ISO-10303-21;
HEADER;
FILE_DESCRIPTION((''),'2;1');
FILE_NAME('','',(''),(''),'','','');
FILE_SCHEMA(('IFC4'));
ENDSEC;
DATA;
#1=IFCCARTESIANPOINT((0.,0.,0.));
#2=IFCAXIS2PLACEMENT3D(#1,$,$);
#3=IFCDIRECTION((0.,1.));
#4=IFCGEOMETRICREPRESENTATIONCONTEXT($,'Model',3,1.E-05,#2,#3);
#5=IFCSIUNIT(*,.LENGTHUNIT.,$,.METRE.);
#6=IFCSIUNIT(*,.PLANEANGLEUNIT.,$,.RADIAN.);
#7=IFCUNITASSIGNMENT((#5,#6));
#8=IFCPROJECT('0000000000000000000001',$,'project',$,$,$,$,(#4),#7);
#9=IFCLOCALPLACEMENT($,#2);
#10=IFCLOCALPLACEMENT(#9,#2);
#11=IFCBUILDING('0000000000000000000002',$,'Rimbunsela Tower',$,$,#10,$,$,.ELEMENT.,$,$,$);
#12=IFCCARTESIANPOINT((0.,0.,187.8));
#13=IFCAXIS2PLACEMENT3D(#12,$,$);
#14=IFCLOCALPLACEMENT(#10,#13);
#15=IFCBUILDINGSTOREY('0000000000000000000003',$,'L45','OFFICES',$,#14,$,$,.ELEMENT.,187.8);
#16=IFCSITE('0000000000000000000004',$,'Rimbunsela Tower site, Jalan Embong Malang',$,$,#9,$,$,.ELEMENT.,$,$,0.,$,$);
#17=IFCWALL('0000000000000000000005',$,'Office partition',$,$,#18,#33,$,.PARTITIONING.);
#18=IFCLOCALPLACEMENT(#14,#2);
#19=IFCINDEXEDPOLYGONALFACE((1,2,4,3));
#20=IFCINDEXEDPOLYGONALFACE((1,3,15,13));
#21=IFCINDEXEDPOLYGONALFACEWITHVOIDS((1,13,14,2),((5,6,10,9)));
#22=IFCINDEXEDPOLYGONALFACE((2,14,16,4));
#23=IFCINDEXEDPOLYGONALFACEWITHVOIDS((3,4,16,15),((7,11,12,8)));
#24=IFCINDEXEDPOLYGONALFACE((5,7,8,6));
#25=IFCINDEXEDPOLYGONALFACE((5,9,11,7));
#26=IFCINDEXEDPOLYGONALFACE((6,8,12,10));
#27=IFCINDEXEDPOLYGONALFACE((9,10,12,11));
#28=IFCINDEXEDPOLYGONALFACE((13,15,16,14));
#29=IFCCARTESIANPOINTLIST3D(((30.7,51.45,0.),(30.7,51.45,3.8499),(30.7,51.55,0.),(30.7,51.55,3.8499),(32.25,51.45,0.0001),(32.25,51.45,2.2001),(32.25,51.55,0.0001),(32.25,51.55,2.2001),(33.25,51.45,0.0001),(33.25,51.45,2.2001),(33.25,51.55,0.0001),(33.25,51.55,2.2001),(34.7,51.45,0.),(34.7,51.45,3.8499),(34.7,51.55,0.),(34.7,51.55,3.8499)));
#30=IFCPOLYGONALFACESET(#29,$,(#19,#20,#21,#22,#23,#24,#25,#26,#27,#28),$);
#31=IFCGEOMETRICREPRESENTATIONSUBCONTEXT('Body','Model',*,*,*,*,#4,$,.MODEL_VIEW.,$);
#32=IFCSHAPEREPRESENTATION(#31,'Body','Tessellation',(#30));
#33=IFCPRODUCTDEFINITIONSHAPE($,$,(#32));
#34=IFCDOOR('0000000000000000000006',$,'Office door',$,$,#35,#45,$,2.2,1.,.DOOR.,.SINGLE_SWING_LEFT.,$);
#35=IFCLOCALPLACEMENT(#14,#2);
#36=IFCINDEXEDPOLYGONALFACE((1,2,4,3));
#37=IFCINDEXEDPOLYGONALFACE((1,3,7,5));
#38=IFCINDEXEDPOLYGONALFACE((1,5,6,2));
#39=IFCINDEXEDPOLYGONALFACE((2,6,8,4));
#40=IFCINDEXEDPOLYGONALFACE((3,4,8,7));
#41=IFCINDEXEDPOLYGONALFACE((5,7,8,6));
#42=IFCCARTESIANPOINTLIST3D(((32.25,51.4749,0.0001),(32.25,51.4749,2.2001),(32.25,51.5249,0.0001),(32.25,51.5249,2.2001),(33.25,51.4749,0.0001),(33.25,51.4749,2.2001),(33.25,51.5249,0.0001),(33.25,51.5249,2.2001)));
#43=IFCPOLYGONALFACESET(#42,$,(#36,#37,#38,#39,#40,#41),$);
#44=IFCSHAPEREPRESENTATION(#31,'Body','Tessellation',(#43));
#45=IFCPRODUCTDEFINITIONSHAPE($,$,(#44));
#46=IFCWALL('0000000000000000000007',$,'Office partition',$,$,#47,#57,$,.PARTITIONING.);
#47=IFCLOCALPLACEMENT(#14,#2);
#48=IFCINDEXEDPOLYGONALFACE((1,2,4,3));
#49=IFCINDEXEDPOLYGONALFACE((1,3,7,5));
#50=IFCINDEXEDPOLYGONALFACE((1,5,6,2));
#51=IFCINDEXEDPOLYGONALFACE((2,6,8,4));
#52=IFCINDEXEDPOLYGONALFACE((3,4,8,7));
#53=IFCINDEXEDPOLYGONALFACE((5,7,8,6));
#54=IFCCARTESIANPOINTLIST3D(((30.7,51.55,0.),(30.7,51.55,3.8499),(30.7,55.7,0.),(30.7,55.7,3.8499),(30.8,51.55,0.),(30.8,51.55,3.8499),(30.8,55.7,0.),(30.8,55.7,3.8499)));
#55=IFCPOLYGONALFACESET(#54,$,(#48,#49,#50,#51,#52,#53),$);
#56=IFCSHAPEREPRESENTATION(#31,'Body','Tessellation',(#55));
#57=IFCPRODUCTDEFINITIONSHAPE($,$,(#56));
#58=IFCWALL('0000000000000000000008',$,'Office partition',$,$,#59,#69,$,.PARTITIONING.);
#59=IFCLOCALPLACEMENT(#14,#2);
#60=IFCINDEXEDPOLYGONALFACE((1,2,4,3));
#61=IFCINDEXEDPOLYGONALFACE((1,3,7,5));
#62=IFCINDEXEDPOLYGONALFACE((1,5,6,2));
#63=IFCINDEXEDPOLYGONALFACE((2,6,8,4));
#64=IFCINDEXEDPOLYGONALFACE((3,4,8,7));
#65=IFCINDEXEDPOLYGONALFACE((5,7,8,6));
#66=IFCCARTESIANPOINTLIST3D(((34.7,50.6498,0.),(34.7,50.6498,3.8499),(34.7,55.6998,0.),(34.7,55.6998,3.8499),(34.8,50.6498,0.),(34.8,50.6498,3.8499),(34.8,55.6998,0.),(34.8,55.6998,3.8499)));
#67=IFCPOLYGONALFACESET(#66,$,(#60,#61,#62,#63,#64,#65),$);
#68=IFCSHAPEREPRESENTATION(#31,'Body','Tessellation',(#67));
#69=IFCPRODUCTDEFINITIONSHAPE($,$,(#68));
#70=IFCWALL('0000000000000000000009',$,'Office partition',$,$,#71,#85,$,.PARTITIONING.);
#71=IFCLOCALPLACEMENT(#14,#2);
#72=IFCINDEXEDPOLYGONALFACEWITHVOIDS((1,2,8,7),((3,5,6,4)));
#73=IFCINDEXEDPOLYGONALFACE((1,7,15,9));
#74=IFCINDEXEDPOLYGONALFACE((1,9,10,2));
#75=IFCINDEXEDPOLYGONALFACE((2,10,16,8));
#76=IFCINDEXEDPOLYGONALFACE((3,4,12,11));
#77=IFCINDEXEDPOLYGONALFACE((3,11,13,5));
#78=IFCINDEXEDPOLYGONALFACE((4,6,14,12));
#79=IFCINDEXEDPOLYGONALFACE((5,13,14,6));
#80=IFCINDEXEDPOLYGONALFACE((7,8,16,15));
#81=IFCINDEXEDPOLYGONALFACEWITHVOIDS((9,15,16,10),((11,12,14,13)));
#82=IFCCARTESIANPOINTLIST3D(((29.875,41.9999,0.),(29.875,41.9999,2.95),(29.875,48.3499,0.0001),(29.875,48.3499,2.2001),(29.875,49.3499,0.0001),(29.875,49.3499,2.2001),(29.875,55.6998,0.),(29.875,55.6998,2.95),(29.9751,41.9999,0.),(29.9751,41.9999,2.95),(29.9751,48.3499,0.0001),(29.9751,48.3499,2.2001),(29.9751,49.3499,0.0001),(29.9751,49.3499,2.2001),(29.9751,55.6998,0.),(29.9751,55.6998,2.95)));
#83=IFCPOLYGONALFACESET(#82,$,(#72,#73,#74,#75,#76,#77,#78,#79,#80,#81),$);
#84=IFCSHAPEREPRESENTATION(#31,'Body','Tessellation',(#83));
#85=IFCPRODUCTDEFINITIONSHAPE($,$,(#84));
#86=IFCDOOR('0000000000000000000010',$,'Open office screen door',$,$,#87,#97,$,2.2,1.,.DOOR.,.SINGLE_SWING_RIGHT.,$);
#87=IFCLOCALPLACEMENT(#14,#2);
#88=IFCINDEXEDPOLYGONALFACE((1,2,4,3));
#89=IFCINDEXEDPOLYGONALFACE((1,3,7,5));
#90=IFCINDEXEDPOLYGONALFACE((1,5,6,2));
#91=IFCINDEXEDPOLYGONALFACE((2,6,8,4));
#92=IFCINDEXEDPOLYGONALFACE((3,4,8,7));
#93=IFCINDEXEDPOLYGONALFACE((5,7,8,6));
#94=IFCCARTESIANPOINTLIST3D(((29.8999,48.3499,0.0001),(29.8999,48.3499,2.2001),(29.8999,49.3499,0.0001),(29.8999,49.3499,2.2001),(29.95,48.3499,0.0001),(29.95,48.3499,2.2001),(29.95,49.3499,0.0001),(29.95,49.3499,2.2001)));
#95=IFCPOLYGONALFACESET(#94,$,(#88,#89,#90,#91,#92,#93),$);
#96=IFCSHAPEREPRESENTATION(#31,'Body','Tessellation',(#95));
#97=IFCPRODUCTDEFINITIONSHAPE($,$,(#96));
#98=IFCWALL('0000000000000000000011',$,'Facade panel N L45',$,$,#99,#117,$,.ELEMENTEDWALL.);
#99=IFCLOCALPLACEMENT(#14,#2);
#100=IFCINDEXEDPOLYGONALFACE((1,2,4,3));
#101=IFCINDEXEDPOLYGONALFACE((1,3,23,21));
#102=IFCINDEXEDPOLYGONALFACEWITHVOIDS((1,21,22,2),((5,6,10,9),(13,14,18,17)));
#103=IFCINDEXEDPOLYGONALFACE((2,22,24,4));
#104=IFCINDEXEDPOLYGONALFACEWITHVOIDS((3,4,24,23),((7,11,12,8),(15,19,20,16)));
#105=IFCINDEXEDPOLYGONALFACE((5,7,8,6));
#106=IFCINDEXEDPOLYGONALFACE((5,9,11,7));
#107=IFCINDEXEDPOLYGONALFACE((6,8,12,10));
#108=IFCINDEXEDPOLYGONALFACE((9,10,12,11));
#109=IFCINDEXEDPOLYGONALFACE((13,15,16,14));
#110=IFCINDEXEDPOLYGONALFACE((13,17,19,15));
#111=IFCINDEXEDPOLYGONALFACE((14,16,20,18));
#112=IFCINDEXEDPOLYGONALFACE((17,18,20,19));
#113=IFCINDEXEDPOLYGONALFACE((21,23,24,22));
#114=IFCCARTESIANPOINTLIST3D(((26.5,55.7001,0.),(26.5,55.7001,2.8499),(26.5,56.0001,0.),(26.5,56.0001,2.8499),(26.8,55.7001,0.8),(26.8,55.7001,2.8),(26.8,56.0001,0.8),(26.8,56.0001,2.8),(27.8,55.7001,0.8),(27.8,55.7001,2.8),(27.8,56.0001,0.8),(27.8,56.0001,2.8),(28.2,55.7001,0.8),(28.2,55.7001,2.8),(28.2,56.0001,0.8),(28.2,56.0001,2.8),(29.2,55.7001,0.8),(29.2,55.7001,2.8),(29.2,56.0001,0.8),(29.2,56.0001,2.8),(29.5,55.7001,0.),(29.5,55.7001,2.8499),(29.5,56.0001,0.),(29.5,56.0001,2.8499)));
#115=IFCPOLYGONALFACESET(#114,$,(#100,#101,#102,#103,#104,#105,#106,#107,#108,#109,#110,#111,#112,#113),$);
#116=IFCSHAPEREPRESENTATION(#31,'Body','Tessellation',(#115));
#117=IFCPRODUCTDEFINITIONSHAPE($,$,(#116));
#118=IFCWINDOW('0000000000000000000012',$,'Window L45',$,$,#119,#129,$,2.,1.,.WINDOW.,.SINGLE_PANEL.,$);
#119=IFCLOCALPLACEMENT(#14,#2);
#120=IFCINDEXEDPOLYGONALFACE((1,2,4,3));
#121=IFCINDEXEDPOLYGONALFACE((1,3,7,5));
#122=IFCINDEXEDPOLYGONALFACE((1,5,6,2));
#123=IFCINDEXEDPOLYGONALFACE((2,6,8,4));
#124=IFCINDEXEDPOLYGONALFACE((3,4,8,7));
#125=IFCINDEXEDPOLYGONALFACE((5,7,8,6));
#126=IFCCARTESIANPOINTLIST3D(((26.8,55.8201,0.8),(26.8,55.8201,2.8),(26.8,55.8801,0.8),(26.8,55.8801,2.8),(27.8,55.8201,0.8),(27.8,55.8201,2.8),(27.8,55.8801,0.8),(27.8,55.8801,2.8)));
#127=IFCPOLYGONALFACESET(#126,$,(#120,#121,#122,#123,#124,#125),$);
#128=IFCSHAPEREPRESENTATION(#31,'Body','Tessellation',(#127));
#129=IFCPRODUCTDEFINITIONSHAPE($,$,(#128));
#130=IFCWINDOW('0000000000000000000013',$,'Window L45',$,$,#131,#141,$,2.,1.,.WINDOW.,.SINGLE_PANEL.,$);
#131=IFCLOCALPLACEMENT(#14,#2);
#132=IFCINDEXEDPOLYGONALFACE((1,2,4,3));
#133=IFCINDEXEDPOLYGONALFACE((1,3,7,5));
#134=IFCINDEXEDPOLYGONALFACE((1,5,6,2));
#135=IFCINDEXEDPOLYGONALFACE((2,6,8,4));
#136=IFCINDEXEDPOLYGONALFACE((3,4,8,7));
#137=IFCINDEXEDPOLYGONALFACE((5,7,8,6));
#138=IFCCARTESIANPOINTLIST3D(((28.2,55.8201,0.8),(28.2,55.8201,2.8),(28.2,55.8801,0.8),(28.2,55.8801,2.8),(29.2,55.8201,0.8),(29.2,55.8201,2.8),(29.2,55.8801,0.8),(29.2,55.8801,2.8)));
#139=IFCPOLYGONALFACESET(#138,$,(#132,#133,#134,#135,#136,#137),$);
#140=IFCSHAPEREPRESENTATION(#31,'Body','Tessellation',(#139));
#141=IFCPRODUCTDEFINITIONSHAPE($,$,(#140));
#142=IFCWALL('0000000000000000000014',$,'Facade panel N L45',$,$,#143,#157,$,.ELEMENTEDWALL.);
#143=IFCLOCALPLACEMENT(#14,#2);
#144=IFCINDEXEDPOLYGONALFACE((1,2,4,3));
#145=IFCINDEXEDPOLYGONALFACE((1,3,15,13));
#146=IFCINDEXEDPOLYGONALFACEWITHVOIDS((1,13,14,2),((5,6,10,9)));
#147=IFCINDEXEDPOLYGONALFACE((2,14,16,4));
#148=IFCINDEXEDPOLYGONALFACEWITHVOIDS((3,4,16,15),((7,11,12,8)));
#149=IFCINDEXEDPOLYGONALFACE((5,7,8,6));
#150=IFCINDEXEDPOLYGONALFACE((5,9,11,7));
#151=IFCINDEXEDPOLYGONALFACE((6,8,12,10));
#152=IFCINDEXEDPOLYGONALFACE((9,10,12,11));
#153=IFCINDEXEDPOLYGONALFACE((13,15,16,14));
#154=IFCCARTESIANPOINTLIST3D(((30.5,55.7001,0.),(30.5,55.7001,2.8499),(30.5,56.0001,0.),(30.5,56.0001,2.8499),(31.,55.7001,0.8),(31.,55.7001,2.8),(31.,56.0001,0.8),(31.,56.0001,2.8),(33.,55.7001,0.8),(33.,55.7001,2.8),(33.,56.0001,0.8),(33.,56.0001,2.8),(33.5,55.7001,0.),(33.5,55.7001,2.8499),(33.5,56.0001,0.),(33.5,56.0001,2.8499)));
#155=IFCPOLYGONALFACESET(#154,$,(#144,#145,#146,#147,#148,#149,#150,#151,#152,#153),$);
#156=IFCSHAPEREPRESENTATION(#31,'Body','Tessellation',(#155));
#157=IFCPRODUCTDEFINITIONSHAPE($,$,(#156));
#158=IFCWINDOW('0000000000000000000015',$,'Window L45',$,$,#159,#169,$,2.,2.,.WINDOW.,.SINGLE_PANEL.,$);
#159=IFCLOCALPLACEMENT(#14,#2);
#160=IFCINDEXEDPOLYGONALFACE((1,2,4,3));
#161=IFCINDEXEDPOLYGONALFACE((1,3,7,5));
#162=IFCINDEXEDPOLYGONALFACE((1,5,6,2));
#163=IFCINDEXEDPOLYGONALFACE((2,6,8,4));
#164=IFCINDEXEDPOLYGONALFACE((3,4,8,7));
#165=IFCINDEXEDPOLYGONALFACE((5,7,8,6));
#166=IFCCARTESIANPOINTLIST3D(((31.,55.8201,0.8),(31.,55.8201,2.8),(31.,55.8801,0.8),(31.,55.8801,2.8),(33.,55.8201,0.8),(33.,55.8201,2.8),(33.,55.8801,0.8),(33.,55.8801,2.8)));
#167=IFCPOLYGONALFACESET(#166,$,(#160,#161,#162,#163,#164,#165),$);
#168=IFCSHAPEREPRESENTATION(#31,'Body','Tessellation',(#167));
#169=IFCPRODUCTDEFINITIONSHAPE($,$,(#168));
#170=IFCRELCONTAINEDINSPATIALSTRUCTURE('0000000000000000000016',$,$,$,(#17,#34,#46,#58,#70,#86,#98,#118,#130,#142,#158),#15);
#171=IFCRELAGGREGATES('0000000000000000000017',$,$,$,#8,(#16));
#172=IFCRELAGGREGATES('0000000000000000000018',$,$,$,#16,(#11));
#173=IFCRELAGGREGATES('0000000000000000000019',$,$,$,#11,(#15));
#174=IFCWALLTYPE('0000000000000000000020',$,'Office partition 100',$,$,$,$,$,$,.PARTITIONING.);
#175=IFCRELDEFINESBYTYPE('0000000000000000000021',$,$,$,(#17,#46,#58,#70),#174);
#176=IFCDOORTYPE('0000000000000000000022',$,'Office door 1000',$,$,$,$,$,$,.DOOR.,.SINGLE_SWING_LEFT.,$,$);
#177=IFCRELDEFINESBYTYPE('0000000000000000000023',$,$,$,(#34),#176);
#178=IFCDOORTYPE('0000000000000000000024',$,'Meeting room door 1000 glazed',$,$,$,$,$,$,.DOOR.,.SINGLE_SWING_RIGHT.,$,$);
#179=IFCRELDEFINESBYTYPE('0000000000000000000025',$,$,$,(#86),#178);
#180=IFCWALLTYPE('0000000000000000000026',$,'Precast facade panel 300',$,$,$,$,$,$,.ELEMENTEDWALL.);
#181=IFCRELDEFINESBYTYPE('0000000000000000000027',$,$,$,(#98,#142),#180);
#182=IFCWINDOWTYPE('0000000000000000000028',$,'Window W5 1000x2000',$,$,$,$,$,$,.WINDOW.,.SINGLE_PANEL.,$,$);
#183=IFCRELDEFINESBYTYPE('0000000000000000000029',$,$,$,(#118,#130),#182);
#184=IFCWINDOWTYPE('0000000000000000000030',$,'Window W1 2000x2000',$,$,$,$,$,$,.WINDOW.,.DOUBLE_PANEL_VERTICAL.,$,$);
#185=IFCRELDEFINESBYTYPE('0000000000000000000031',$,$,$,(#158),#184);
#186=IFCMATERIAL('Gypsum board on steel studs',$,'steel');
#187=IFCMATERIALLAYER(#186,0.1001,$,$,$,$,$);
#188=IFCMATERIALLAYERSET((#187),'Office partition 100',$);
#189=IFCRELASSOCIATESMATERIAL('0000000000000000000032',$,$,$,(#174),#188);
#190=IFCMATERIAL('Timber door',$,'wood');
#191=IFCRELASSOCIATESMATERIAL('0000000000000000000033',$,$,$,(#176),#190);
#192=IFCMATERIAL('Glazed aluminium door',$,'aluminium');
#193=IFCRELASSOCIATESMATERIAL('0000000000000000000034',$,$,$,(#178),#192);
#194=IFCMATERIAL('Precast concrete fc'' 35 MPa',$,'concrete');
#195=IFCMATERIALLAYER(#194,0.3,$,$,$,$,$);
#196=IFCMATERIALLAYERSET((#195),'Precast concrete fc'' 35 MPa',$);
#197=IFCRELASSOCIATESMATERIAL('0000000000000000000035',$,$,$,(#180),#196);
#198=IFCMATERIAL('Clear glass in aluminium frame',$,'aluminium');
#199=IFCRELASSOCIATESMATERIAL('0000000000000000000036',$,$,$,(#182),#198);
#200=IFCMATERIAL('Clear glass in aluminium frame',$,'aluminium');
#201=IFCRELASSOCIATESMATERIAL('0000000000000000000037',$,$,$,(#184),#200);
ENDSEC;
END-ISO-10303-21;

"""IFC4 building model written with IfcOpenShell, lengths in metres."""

from ifc_helpers import new_model, si_unit, direction, frame, frame_2d, origin, place, context, subcontext, project, spatial, rectangle, extrude, material, layer, layer_set, type_object, element, fill, save


model = new_model("IFC4")

# Units and contexts
model_context = context("Model", 3, precision=1e-05, world=origin(), true_north=direction((0.0, 1.0)))
body_context = subcontext(model_context, "Body", "Model", "MODEL_VIEW")
ifc_project = project(units=[si_unit("LENGTHUNIT", "METRE"), si_unit("PLANEANGLEUNIT", "RADIAN")], contexts=[model_context])

# Site, building, storey
site_placement = place(None, origin())
site = spatial("IfcSite", under=ifc_project, at=site_placement, Name="Rimbunsela Tower site, Jalan Embong Malang", CompositionType="ELEMENT", RefElevation=0.0)
building_placement = place(site_placement, origin())
building = spatial("IfcBuilding", under=site, at=building_placement, Name="Rimbunsela Tower", CompositionType="ELEMENT")
storey_placement = place(building_placement, frame((0.0, 0.0, 187.8)))
storey = spatial("IfcBuildingStorey", under=building, at=storey_placement, Name="L45", Description="OFFICES", CompositionType="ELEMENT", Elevation=187.8)

# Wall, opening, door
ifc_material_1 = material(Name="Gypsum board on steel studs", Category="steel")
ifc_layer_1 = layer(ifc_material_1, 0.1001)
ifc_layer_set_1 = layer_set([ifc_layer_1], Name="Office partition 100")
wall_type_1 = type_object("IfcWallType", Name="Office partition 100", PredefinedType="PARTITIONING", material=ifc_layer_set_1)
wall_1_placement = place(storey_placement, frame((30.7, 51.5, 0.0), z_axis=(0.0, 0.0, 1.0), x_axis=(1.0, 0.0, 0.0)))
wall_1 = element("IfcWall", 1, at=wall_1_placement, inside=storey, type_object=wall_type_1, Name="Office partition", PredefinedType="PARTITIONING", context=body_context, shape_type="SweptSolid", body=[
    extrude(rectangle(XDim=4.0, YDim=0.1001, at=frame_2d((2.0, 0.0))), origin(), (0.0, 0.0, 1.0), 3.8499),
])
opening_1_placement = place(wall_1_placement, frame((1.55, 0.0, 0.0)))
opening_1 = element("IfcOpeningElement", 2, at=opening_1_placement, cuts=wall_1, PredefinedType="OPENING", context=body_context, shape_type="SweptSolid", body=[
    extrude(rectangle(XDim=1.0, YDim=2.2, at=frame_2d((0.5, 1.1001))), frame((0.0, 0.0601, 0.0), z_axis=(0.0, -1.0, 0.0), x_axis=(1.0, 0.0, 0.0)), (0.0, 0.0, 1.0), 0.1201),
])
ifc_material_2 = material(Name="Timber door", Category="wood")
door_type_1 = type_object("IfcDoorType", Name="Office door 1000", OperationType="SINGLE_SWING_LEFT", PredefinedType="DOOR", material=ifc_material_2)
door_1_placement = place(opening_1_placement, origin())
door_1 = element("IfcDoor", 3, at=door_1_placement, inside=storey, type_object=door_type_1, Name="Office door", OperationType="SINGLE_SWING_LEFT", OverallHeight=2.2, OverallWidth=1.0, PredefinedType="DOOR", context=body_context, shape_type="SweptSolid", body=[
    extrude(rectangle(XDim=1.0, YDim=2.2, at=frame_2d((0.5, 1.1001))), frame((0.0, 0.0249, 0.0), z_axis=(0.0, -1.0, 0.0), x_axis=(1.0, 0.0, 0.0)), (0.0, 0.0, 1.0), 0.05),
])
fill(opening_1, door_1)

# Walls
wall_2_placement = place(storey_placement, frame((30.75, 51.55, 0.0), z_axis=(0.0, 0.0, 1.0), x_axis=(0.0, 1.0, 0.0)))
element("IfcWall", 4, at=wall_2_placement, inside=storey, type_object=wall_type_1, Name="Office partition", PredefinedType="PARTITIONING", context=body_context, shape_type="SweptSolid", body=[
    extrude(rectangle(XDim=4.1499, YDim=0.1001, at=frame_2d((2.075, 0.0))), origin(), (0.0, 0.0, 1.0), 3.8499),
])
wall_3_placement = place(storey_placement, frame((34.75, 50.6499, 0.0), z_axis=(0.0, 0.0, 1.0), x_axis=(0.0, 1.0, 0.0)))
element("IfcWall", 5, at=wall_3_placement, inside=storey, type_object=wall_type_1, Name="Office partition", PredefinedType="PARTITIONING", context=body_context, shape_type="SweptSolid", body=[
    extrude(rectangle(XDim=5.05, YDim=0.1001, at=frame_2d((2.5249, 0.0))), origin(), (0.0, 0.0, 1.0), 3.8499),
])

# Wall, opening, door
wall_4_placement = place(storey_placement, frame((29.925, 55.7, 0.0), z_axis=(0.0, 0.0, 1.0), x_axis=(0.0, -1.0, 0.0)))
wall_4 = element("IfcWall", 6, at=wall_4_placement, inside=storey, type_object=wall_type_1, Name="Office partition", PredefinedType="PARTITIONING", context=body_context, shape_type="SweptSolid", body=[
    extrude(rectangle(XDim=13.7, YDim=0.1001, at=frame_2d((6.8501, 0.0))), origin(), (0.0, 0.0, 1.0), 2.95),
])
opening_2_placement = place(wall_4_placement, frame((6.3501, 0.0, 0.0)))
opening_2 = element("IfcOpeningElement", 7, at=opening_2_placement, cuts=wall_4, PredefinedType="OPENING", context=body_context, shape_type="SweptSolid", body=[
    extrude(rectangle(XDim=1.0, YDim=2.2, at=frame_2d((0.5, 1.1001))), frame((0.0, 0.0601, 0.0), z_axis=(0.0, -1.0, 0.0), x_axis=(1.0, 0.0, 0.0)), (0.0, 0.0, 1.0), 0.1201),
])
ifc_material_3 = material(Name="Glazed aluminium door", Category="aluminium")
door_type_2 = type_object("IfcDoorType", Name="Meeting room door 1000 glazed", OperationType="SINGLE_SWING_RIGHT", PredefinedType="DOOR", material=ifc_material_3)
door_2_placement = place(opening_2_placement, origin())
door_2 = element("IfcDoor", 8, at=door_2_placement, inside=storey, type_object=door_type_2, Name="Open office screen door", OperationType="SINGLE_SWING_RIGHT", OverallHeight=2.2, OverallWidth=1.0, PredefinedType="DOOR", context=body_context, shape_type="SweptSolid", body=[
    extrude(rectangle(XDim=1.0, YDim=2.2, at=frame_2d((0.5, 1.1001))), frame((0.0, 0.0249, 0.0), z_axis=(0.0, -1.0, 0.0), x_axis=(1.0, 0.0, 0.0)), (0.0, 0.0, 1.0), 0.05),
])
fill(opening_2, door_2)

# Wall, openings, windows
ifc_material_4 = material(Name="Precast concrete fc' 35 MPa", Category="concrete")
ifc_layer_2 = layer(ifc_material_4, 0.3)
ifc_layer_set_2 = layer_set([ifc_layer_2], Name="Precast concrete fc' 35 MPa")
wall_type_2 = type_object("IfcWallType", Name="Precast facade panel 300", PredefinedType="ELEMENTEDWALL", material=ifc_layer_set_2)
wall_5_placement = place(storey_placement, frame((29.5, 55.8501, 0.0), z_axis=(0.0, 0.0, 1.0), x_axis=(-1.0, 0.0, 0.0)))
wall_5 = element("IfcWall", 9, at=wall_5_placement, inside=storey, type_object=wall_type_2, Name="Facade panel N L45", PredefinedType="ELEMENTEDWALL", context=body_context, shape_type="SweptSolid", body=[
    extrude(rectangle(XDim=3.0, YDim=0.3, at=frame_2d((1.5, 0.0))), origin(), (0.0, 0.0, 1.0), 2.8499),
])
opening_3_placement = place(wall_5_placement, frame((1.7, 0.0, 0.8)))
opening_3 = element("IfcOpeningElement", 10, at=opening_3_placement, cuts=wall_5, PredefinedType="OPENING", context=body_context, shape_type="SweptSolid", body=[
    extrude(rectangle(XDim=1.0, YDim=2.0, at=frame_2d((0.5, 1.0))), frame((0.0, 0.1599, 0.0), z_axis=(0.0, -1.0, 0.0), x_axis=(1.0, 0.0, 0.0)), (0.0, 0.0, 1.0), 0.3201),
])
opening_4_placement = place(wall_5_placement, frame((0.3, 0.0, 0.8)))
opening_4 = element("IfcOpeningElement", 11, at=opening_4_placement, cuts=wall_5, PredefinedType="OPENING", context=body_context, shape_type="SweptSolid", body=[
    extrude(rectangle(XDim=1.0, YDim=2.0, at=frame_2d((0.5, 1.0))), frame((0.0, 0.1599, 0.0), z_axis=(0.0, -1.0, 0.0), x_axis=(1.0, 0.0, 0.0)), (0.0, 0.0, 1.0), 0.3201),
])
ifc_material_5 = material(Name="Clear glass in aluminium frame", Category="aluminium")
window_type_1 = type_object("IfcWindowType", Name="Window W5 1000x2000", PartitioningType="SINGLE_PANEL", PredefinedType="WINDOW", material=ifc_material_5)
window_1_placement = place(opening_3_placement, origin())
window_1 = element("IfcWindow", 12, at=window_1_placement, inside=storey, type_object=window_type_1, Name="Window L45", OverallHeight=2.0, OverallWidth=1.0, PartitioningType="SINGLE_PANEL", PredefinedType="WINDOW", context=body_context, shape_type="SweptSolid", body=[
    extrude(rectangle(XDim=1.0, YDim=2.0, at=frame_2d((0.5, 1.0))), frame((0.0, 0.03, 0.0), z_axis=(0.0, -1.0, 0.0), x_axis=(1.0, 0.0, 0.0)), (0.0, 0.0, 1.0), 0.0601),
])
fill(opening_3, window_1)
window_2_placement = place(opening_4_placement, origin())
window_2 = element("IfcWindow", 13, at=window_2_placement, inside=storey, type_object=window_type_1, Name="Window L45", OverallHeight=2.0, OverallWidth=1.0, PartitioningType="SINGLE_PANEL", PredefinedType="WINDOW", context=body_context, shape_type="SweptSolid", body=[
    extrude(rectangle(XDim=1.0, YDim=2.0, at=frame_2d((0.5, 1.0))), frame((0.0, 0.03, 0.0), z_axis=(0.0, -1.0, 0.0), x_axis=(1.0, 0.0, 0.0)), (0.0, 0.0, 1.0), 0.0601),
])
fill(opening_4, window_2)

# Wall, opening, window
wall_6_placement = place(storey_placement, frame((33.5, 55.8501, 0.0), z_axis=(0.0, 0.0, 1.0), x_axis=(-1.0, 0.0, 0.0)))
wall_6 = element("IfcWall", 14, at=wall_6_placement, inside=storey, type_object=wall_type_2, Name="Facade panel N L45", PredefinedType="ELEMENTEDWALL", context=body_context, shape_type="SweptSolid", body=[
    extrude(rectangle(XDim=3.0, YDim=0.3, at=frame_2d((1.5, 0.0))), origin(), (0.0, 0.0, 1.0), 2.8499),
])
opening_5_placement = place(wall_6_placement, frame((0.5, 0.0, 0.8)))
opening_5 = element("IfcOpeningElement", 15, at=opening_5_placement, cuts=wall_6, PredefinedType="OPENING", context=body_context, shape_type="SweptSolid", body=[
    extrude(rectangle(XDim=2.0, YDim=2.0, at=frame_2d((1.0, 1.0))), frame((0.0, 0.1599, 0.0), z_axis=(0.0, -1.0, 0.0), x_axis=(1.0, 0.0, 0.0)), (0.0, 0.0, 1.0), 0.3201),
])
ifc_material_6 = material(Name="Clear glass in aluminium frame", Category="aluminium")
window_type_2 = type_object("IfcWindowType", Name="Window W1 2000x2000", PartitioningType="DOUBLE_PANEL_VERTICAL", PredefinedType="WINDOW", material=ifc_material_6)
window_3_placement = place(opening_5_placement, origin())
window_3 = element("IfcWindow", 16, at=window_3_placement, inside=storey, type_object=window_type_2, Name="Window L45", OverallHeight=2.0, OverallWidth=2.0, PartitioningType="SINGLE_PANEL", PredefinedType="WINDOW", context=body_context, shape_type="SweptSolid", body=[
    extrude(rectangle(XDim=2.0, YDim=2.0, at=frame_2d((1.0, 1.0))), frame((0.0, 0.03, 0.0), z_axis=(0.0, -1.0, 0.0), x_axis=(1.0, 0.0, 0.0)), (0.0, 0.0, 1.0), 0.0601),
])
fill(opening_5, window_3)

save(model, "model.ifc")
